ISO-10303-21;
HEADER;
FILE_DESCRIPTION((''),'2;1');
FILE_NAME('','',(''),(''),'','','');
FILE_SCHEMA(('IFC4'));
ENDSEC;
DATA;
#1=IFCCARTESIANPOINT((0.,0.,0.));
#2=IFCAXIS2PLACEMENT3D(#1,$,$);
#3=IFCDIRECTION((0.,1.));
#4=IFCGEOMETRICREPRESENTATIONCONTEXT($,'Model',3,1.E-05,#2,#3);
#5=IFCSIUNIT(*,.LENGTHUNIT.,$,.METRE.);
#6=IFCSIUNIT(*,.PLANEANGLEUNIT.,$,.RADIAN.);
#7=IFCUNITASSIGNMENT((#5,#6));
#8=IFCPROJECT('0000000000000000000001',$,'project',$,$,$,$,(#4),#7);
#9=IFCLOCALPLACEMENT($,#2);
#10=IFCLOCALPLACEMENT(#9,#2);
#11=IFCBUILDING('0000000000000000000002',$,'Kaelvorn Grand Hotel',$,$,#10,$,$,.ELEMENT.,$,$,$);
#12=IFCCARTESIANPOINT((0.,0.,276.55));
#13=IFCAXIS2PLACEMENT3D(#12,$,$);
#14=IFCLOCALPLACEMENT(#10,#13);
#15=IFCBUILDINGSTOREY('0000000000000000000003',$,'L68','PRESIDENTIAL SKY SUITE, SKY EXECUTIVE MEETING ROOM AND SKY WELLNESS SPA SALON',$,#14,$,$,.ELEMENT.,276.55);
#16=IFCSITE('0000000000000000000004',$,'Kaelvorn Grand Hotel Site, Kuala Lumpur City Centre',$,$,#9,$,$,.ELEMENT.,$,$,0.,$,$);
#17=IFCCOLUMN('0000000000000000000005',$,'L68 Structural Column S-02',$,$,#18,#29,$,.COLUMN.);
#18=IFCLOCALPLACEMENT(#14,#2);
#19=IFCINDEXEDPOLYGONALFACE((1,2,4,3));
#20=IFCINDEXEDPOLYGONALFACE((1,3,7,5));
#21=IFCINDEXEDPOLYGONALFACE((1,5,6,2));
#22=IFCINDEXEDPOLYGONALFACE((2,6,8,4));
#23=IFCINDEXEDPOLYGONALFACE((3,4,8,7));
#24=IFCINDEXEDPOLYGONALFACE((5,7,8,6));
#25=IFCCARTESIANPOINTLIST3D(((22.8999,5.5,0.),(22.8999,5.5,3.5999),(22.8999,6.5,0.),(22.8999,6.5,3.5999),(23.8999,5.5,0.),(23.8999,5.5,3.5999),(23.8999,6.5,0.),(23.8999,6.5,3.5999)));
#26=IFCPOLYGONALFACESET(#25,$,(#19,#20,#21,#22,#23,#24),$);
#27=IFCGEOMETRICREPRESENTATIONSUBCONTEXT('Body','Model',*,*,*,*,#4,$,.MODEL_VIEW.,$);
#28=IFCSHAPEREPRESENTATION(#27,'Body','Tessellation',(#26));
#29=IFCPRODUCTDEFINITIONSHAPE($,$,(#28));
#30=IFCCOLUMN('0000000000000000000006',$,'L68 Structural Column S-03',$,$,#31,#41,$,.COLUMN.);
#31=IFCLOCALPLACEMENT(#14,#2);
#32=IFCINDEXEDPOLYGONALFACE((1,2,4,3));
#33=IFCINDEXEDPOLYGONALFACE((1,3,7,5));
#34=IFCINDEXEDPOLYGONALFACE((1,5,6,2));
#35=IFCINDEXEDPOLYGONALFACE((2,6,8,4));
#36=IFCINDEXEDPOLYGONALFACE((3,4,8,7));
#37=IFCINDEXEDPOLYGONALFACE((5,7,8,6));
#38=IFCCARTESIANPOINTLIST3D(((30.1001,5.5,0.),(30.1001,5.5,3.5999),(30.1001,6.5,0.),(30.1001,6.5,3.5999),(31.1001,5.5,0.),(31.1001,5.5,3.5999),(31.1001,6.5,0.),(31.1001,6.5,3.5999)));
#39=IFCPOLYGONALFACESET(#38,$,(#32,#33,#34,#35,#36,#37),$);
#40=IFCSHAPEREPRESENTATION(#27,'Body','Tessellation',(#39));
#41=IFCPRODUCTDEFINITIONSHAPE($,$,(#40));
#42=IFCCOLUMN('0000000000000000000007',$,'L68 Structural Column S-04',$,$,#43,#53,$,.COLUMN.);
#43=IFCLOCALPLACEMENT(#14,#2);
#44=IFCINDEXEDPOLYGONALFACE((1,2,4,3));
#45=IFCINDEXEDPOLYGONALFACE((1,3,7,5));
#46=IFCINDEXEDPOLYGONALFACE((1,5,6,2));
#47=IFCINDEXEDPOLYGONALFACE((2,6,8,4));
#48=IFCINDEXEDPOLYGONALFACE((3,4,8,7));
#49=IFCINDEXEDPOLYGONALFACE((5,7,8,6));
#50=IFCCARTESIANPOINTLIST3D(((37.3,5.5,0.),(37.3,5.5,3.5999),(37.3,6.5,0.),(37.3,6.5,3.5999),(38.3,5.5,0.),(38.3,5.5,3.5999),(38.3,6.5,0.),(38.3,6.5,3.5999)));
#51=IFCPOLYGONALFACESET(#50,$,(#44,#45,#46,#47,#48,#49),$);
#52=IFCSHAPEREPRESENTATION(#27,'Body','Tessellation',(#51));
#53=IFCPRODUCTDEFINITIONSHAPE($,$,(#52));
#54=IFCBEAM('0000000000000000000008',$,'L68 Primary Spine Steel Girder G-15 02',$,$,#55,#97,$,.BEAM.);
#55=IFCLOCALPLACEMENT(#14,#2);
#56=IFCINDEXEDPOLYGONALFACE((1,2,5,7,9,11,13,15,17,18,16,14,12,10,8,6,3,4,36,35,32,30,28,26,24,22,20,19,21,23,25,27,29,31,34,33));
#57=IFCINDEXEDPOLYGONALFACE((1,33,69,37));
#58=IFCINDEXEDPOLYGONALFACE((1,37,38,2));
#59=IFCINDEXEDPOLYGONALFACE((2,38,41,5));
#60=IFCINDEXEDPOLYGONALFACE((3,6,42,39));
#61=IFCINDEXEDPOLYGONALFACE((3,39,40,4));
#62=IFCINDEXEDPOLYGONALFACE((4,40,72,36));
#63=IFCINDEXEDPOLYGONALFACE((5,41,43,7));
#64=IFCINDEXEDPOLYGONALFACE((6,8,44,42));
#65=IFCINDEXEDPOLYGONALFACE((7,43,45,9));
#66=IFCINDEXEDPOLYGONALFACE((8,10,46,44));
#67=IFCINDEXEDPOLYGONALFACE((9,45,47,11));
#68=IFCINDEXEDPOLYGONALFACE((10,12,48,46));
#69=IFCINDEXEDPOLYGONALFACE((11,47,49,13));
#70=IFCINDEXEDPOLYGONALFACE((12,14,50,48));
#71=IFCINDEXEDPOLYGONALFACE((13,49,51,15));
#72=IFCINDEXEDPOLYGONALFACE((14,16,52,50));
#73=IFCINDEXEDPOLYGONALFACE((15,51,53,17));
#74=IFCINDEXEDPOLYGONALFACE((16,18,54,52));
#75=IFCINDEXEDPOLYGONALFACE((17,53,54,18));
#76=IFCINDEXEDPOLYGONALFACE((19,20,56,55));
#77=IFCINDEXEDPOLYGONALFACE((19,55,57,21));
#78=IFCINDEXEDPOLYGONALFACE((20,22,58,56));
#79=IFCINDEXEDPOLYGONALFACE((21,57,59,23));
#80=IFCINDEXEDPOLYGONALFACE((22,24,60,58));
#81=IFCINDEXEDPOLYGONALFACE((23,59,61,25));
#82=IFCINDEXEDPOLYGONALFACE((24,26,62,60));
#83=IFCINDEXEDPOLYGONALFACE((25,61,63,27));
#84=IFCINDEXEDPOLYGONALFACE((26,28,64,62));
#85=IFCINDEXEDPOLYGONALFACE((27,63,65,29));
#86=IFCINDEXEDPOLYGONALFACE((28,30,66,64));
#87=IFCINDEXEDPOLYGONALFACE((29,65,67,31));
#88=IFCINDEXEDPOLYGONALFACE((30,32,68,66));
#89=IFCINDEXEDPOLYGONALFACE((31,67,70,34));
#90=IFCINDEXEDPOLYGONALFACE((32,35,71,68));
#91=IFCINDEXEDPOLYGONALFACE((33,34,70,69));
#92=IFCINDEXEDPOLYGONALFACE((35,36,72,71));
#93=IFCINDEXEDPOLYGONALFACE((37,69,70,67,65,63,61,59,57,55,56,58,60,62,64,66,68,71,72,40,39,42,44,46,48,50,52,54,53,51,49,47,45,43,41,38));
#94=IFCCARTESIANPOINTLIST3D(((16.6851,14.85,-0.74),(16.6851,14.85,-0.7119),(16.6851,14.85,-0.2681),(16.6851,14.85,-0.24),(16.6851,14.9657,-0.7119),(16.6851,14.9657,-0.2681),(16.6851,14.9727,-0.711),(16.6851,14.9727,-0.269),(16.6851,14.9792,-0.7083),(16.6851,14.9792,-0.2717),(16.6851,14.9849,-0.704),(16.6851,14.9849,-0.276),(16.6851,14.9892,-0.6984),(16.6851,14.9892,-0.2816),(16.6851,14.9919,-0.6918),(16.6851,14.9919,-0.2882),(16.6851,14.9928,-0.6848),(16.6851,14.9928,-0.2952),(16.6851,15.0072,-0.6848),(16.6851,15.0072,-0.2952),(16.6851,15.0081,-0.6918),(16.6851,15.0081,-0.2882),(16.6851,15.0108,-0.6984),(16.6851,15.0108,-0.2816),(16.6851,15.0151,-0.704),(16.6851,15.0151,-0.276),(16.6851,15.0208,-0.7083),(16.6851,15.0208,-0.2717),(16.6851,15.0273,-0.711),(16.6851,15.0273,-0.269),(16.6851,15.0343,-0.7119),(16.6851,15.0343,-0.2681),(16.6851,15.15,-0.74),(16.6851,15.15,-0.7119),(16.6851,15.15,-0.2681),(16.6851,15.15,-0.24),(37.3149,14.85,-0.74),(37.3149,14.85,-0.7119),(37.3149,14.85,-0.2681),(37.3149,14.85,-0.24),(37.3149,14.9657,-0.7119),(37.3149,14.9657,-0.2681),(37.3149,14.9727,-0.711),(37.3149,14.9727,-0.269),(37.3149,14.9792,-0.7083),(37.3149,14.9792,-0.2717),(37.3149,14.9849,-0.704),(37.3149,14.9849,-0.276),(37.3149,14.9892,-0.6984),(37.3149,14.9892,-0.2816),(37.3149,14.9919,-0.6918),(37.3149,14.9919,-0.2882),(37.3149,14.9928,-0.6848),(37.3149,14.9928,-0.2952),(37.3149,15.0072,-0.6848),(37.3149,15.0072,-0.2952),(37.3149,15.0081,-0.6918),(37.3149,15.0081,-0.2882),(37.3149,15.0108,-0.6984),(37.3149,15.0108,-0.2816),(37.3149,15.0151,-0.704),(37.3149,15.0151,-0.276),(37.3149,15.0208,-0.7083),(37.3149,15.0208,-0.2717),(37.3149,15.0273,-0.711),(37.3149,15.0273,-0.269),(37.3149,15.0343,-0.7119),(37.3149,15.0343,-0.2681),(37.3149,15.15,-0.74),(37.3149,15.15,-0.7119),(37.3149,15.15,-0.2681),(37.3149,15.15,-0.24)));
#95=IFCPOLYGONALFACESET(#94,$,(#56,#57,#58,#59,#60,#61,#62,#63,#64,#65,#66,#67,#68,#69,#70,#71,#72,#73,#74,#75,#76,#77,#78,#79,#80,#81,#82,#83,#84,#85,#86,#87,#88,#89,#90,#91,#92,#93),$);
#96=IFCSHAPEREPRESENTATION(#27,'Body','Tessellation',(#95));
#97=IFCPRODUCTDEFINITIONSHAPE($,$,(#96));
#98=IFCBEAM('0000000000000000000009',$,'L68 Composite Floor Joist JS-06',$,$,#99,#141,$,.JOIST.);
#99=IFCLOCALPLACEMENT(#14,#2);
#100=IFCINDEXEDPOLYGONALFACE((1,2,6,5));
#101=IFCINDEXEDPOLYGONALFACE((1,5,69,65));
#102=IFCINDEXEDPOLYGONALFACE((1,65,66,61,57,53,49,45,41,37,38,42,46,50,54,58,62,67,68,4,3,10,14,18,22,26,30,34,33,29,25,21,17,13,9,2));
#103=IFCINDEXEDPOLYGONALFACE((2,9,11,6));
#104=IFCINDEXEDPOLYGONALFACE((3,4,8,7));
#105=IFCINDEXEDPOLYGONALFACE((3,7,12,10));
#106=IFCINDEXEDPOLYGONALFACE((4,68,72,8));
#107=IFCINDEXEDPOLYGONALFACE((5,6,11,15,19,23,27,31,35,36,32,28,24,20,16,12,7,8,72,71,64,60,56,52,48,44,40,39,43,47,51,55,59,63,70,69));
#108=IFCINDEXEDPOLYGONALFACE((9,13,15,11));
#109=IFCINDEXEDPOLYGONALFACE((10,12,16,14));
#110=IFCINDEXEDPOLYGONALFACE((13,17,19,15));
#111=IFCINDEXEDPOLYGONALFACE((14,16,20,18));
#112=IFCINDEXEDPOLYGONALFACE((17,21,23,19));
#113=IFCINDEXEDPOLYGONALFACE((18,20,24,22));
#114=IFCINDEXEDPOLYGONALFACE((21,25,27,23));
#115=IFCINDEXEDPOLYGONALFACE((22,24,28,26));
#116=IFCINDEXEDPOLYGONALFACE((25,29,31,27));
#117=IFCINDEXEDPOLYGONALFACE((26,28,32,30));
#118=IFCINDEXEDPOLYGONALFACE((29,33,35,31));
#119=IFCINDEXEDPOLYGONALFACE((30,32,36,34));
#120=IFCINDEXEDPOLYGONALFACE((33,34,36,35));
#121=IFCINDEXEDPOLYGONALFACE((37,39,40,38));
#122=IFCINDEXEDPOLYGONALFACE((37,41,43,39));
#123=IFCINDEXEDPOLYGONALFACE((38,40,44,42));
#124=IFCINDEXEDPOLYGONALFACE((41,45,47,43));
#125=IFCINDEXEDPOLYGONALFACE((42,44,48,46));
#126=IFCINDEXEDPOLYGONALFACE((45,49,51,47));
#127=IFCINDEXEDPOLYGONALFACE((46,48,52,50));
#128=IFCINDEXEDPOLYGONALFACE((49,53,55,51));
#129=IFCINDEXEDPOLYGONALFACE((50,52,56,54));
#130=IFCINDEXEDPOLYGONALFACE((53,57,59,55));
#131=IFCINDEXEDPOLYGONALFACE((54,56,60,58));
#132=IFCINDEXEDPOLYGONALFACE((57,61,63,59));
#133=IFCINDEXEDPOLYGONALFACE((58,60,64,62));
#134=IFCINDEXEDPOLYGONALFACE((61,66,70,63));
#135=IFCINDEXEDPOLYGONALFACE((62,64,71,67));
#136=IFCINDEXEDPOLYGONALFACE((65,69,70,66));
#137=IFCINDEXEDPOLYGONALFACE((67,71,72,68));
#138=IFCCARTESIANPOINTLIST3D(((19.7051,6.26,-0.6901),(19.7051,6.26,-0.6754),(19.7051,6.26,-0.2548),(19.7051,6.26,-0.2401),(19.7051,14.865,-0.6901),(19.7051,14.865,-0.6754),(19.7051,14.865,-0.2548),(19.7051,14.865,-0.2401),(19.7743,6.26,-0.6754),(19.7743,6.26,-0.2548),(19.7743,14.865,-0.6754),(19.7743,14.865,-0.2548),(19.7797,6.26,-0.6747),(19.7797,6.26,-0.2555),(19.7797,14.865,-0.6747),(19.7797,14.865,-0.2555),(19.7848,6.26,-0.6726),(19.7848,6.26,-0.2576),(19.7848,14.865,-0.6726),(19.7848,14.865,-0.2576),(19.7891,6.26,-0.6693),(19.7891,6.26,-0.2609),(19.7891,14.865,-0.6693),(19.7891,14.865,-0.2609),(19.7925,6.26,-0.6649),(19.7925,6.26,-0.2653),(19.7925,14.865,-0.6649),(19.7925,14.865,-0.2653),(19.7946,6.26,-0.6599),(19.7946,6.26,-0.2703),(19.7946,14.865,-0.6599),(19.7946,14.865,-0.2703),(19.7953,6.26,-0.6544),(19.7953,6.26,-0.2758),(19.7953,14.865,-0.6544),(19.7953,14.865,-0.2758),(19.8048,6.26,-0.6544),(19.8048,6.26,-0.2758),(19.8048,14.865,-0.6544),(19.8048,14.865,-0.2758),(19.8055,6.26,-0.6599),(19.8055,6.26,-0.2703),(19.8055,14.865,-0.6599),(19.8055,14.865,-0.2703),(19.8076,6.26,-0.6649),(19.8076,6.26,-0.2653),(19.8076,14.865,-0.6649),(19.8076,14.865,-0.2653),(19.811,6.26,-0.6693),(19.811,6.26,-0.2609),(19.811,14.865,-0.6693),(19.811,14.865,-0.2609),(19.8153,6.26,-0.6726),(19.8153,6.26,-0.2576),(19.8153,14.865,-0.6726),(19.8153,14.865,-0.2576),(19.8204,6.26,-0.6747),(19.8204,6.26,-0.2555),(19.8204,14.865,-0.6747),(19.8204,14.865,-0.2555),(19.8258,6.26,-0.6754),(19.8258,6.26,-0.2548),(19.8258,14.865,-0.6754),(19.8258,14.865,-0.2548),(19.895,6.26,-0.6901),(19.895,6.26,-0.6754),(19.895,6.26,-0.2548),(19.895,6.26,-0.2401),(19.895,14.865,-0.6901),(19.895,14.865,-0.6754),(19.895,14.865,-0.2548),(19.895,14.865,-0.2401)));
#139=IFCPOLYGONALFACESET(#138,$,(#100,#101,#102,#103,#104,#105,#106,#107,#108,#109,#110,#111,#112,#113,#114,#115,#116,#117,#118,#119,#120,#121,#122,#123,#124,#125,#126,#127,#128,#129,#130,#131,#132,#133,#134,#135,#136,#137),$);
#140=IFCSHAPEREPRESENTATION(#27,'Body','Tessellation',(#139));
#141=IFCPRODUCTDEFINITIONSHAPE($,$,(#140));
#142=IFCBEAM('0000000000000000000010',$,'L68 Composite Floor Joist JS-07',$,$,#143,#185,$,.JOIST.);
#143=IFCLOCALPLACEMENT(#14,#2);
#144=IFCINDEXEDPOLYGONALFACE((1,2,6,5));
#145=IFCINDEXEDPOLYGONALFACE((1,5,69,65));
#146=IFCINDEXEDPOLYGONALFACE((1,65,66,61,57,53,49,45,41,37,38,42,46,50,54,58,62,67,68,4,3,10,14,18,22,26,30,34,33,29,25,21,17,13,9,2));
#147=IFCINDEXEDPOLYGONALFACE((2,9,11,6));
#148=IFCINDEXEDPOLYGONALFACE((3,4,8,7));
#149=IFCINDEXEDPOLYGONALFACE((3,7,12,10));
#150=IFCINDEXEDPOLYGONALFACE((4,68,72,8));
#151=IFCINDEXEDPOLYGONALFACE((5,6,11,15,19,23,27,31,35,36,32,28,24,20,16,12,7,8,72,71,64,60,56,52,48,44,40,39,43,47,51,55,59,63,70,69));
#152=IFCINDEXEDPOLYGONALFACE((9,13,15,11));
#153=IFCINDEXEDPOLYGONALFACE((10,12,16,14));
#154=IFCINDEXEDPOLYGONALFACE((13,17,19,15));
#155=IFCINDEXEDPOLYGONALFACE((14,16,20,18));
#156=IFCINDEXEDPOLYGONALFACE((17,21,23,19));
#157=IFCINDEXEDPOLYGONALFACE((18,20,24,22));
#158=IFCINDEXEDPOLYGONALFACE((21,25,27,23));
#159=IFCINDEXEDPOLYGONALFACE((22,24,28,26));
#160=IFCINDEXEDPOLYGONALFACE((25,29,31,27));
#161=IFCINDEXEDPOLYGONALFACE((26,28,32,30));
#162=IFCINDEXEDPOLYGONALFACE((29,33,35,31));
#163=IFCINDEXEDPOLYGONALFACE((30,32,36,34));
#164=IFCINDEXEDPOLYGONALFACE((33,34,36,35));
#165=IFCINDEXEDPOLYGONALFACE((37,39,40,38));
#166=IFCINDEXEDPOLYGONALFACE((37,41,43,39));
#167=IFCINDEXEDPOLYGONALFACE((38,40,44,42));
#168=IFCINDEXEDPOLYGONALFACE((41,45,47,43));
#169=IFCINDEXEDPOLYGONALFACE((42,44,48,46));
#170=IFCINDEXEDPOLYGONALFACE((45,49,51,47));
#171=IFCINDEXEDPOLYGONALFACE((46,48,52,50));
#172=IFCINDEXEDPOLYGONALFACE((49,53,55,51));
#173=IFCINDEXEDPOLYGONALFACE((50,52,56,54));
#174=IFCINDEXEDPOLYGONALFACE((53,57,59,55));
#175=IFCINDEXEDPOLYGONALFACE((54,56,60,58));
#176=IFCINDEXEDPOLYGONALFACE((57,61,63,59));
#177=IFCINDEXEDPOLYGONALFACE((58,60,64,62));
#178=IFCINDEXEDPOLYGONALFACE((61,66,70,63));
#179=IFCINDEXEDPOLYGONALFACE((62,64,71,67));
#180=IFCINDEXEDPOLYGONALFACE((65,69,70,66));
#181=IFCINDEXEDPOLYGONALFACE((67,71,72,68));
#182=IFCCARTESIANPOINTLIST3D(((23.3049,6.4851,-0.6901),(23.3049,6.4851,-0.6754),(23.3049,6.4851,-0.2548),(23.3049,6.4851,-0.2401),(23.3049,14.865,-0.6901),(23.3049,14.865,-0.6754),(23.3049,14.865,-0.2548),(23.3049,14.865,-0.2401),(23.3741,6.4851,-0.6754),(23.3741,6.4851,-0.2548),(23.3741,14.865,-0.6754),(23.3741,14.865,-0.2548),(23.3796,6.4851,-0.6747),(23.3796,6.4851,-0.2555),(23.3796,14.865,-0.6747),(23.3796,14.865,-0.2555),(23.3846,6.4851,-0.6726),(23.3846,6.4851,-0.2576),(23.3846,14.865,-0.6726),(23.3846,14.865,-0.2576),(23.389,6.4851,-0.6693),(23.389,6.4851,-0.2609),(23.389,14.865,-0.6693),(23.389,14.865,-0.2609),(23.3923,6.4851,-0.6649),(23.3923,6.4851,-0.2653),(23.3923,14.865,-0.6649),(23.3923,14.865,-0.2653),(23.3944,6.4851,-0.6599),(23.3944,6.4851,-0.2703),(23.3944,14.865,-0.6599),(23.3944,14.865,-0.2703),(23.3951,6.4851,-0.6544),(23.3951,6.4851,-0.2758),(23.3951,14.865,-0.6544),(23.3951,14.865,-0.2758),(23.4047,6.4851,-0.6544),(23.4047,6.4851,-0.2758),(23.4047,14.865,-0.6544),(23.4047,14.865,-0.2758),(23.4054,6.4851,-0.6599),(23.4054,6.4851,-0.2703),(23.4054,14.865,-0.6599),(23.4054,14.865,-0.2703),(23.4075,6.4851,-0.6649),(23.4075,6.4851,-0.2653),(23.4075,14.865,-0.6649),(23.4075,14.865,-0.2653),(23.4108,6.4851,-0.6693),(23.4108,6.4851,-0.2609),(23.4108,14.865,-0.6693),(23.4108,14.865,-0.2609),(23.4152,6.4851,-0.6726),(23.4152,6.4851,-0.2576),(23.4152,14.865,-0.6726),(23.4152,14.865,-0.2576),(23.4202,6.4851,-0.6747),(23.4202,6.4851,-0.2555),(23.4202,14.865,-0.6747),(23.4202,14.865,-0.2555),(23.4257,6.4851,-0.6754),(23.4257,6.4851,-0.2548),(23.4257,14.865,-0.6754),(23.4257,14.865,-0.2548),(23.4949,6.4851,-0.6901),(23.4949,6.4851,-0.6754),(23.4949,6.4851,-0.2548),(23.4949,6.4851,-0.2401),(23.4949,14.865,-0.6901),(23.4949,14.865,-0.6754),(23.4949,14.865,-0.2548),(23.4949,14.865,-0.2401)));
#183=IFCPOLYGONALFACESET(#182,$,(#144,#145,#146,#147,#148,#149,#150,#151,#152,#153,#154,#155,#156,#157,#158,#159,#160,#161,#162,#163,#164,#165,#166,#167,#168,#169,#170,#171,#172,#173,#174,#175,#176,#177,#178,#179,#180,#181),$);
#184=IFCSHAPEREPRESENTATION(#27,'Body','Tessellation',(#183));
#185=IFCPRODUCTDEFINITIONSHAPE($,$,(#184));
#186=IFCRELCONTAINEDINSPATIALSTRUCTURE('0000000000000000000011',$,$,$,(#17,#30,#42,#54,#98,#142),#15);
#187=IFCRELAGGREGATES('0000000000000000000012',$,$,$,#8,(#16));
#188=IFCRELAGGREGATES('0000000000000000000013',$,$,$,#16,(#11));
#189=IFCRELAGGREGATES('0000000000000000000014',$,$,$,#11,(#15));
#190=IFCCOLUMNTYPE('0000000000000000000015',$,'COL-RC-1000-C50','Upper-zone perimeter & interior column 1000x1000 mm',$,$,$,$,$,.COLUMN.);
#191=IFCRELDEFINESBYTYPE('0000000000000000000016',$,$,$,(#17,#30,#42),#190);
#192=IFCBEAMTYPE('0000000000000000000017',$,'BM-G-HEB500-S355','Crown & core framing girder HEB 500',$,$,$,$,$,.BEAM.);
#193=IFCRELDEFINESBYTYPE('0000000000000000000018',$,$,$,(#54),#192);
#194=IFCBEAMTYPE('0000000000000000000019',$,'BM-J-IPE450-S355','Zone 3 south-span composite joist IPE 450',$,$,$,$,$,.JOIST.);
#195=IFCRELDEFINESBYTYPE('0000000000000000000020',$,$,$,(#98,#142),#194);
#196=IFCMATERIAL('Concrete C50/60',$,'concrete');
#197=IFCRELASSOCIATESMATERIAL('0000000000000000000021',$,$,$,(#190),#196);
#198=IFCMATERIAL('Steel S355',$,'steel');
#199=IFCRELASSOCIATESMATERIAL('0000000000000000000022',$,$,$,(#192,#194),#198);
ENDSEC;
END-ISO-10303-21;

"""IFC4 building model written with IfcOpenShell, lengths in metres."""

from ifc_helpers import new_model, si_unit, direction, frame, origin, origin_2d, place, context, subcontext, project, spatial, rectangle, i_section, extrude, material, material_profile, profile_set, type_object, element, save


model = new_model("IFC4")

# Units and contexts
model_context = context("Model", 3, precision=1e-05, world=origin(), true_north=direction((0.0, 1.0)))
body_context = subcontext(model_context, "Body", "Model", "MODEL_VIEW")
ifc_project = project(units=[si_unit("LENGTHUNIT", "METRE"), si_unit("PLANEANGLEUNIT", "RADIAN")], contexts=[model_context])

# Site, building, storey
site_placement = place(None, origin())
site = spatial("IfcSite", under=ifc_project, at=site_placement, Name="Kaelvorn Grand Hotel Site, Kuala Lumpur City Centre", CompositionType="ELEMENT", RefElevation=0.0)
building_placement = place(site_placement, origin())
building = spatial("IfcBuilding", under=site, at=building_placement, Name="Kaelvorn Grand Hotel", CompositionType="ELEMENT")
storey_placement = place(building_placement, frame((0.0, 0.0, 276.55)))
storey = spatial("IfcBuildingStorey", under=building, at=storey_placement, Name="L68", Description="PRESIDENTIAL SKY SUITE, SKY EXECUTIVE MEETING ROOM AND SKY WELLNESS SPA SALON", CompositionType="ELEMENT", Elevation=276.55)

# Columns
ifc_material_1 = material(Name="Concrete C50/60", Category="concrete")
ifc_material_profile_1 = material_profile(ifc_material_1, rectangle(XDim=1.0, YDim=1.0, at=origin_2d()), Name="RC COL 1000x1000")
ifc_profile_set_1 = profile_set([ifc_material_profile_1], Name="Concrete C50/60")
column_type = type_object("IfcColumnType", Name="COL-RC-1000-C50", Description="Upper-zone perimeter & interior column 1000x1000 mm", PredefinedType="COLUMN", material=ifc_profile_set_1)
for number, where, z_axis, x_axis, name in (
    (1, (23.3999, 6.0, 0.0), (0.0, 0.0, 1.0), (1.0, 0.0, 0.0), "L68 Structural Column S-02"),
    (2, (30.6001, 6.0, 0.0), (0.0, 0.0, 1.0), (1.0, 0.0, 0.0), "L68 Structural Column S-03"),
    (3, (37.8, 6.0, 0.0), (0.0, 0.0, 1.0), (1.0, 0.0, 0.0), "L68 Structural Column S-04"),
):
    element("IfcColumn", number, at=place(storey_placement, frame(where, z_axis=z_axis, x_axis=x_axis)), inside=storey, type_object=column_type, Name=name, PredefinedType="COLUMN", context=body_context, shape_type="SweptSolid", body=[
        extrude(rectangle(XDim=1.0, YDim=1.0, at=origin_2d()), origin(), (0.0, 0.0, 1.0), 3.5999),
    ])

# Beams
ifc_material_2 = material(Name="Steel S355", Category="steel")
ifc_material_profile_2 = material_profile(ifc_material_2, i_section(OverallWidth=0.3, OverallDepth=0.5, WebThickness=0.0144, FlangeThickness=0.0281, FilletRadius=0.0271, at=origin_2d()), Name="HEB 500")
ifc_profile_set_2 = profile_set([ifc_material_profile_2], Name="Steel S355")
beam_type_1 = type_object("IfcBeamType", Name="BM-G-HEB500-S355", Description="Crown & core framing girder HEB 500", PredefinedType="BEAM", material=ifc_profile_set_2)
beam_1_placement = place(storey_placement, frame((16.6851, 15.0, -0.49), z_axis=(1.0, 0.0, 0.0), x_axis=(0.0, 1.0, 0.0)))
element("IfcBeam", 4, at=beam_1_placement, inside=storey, type_object=beam_type_1, Name="L68 Primary Spine Steel Girder G-15 02", PredefinedType="BEAM", context=body_context, shape_type="SweptSolid", body=[
    extrude(i_section(OverallWidth=0.3, OverallDepth=0.5, WebThickness=0.0144, FlangeThickness=0.0281, FilletRadius=0.0271, at=origin_2d()), origin(), (0.0, 0.0, 1.0), 20.6299),
])
ifc_material_profile_3 = material_profile(ifc_material_2, i_section(OverallWidth=0.1899, OverallDepth=0.45, WebThickness=0.0095, FlangeThickness=0.0146, FilletRadius=0.021, at=origin_2d()), Name="IPE 450")
ifc_profile_set_3 = profile_set([ifc_material_profile_3], Name="Steel S355")
beam_type_2 = type_object("IfcBeamType", Name="BM-J-IPE450-S355", Description="Zone 3 south-span composite joist IPE 450", PredefinedType="JOIST", material=ifc_profile_set_3)
beam_2_placement = place(storey_placement, frame((19.8, 6.26, -0.4651), z_axis=(0.0, 1.0, 0.0), x_axis=(-1.0, 0.0, 0.0)))
element("IfcBeam", 5, at=beam_2_placement, inside=storey, type_object=beam_type_2, Name="L68 Composite Floor Joist JS-06", PredefinedType="JOIST", context=body_context, shape_type="SweptSolid", body=[
    extrude(i_section(OverallWidth=0.1899, OverallDepth=0.45, WebThickness=0.0095, FlangeThickness=0.0146, FilletRadius=0.021, at=origin_2d()), origin(), (0.0, 0.0, 1.0), 8.605),
])
beam_3_placement = place(storey_placement, frame((23.3999, 6.4851, -0.4651), z_axis=(0.0, 1.0, 0.0), x_axis=(-1.0, 0.0, 0.0)))
element("IfcBeam", 6, at=beam_3_placement, inside=storey, type_object=beam_type_2, Name="L68 Composite Floor Joist JS-07", PredefinedType="JOIST", context=body_context, shape_type="SweptSolid", body=[
    extrude(i_section(OverallWidth=0.1899, OverallDepth=0.45, WebThickness=0.0095, FlangeThickness=0.0146, FilletRadius=0.021, at=origin_2d()), origin(), (0.0, 0.0, 1.0), 8.3799),
])

save(model, "model.ifc")
